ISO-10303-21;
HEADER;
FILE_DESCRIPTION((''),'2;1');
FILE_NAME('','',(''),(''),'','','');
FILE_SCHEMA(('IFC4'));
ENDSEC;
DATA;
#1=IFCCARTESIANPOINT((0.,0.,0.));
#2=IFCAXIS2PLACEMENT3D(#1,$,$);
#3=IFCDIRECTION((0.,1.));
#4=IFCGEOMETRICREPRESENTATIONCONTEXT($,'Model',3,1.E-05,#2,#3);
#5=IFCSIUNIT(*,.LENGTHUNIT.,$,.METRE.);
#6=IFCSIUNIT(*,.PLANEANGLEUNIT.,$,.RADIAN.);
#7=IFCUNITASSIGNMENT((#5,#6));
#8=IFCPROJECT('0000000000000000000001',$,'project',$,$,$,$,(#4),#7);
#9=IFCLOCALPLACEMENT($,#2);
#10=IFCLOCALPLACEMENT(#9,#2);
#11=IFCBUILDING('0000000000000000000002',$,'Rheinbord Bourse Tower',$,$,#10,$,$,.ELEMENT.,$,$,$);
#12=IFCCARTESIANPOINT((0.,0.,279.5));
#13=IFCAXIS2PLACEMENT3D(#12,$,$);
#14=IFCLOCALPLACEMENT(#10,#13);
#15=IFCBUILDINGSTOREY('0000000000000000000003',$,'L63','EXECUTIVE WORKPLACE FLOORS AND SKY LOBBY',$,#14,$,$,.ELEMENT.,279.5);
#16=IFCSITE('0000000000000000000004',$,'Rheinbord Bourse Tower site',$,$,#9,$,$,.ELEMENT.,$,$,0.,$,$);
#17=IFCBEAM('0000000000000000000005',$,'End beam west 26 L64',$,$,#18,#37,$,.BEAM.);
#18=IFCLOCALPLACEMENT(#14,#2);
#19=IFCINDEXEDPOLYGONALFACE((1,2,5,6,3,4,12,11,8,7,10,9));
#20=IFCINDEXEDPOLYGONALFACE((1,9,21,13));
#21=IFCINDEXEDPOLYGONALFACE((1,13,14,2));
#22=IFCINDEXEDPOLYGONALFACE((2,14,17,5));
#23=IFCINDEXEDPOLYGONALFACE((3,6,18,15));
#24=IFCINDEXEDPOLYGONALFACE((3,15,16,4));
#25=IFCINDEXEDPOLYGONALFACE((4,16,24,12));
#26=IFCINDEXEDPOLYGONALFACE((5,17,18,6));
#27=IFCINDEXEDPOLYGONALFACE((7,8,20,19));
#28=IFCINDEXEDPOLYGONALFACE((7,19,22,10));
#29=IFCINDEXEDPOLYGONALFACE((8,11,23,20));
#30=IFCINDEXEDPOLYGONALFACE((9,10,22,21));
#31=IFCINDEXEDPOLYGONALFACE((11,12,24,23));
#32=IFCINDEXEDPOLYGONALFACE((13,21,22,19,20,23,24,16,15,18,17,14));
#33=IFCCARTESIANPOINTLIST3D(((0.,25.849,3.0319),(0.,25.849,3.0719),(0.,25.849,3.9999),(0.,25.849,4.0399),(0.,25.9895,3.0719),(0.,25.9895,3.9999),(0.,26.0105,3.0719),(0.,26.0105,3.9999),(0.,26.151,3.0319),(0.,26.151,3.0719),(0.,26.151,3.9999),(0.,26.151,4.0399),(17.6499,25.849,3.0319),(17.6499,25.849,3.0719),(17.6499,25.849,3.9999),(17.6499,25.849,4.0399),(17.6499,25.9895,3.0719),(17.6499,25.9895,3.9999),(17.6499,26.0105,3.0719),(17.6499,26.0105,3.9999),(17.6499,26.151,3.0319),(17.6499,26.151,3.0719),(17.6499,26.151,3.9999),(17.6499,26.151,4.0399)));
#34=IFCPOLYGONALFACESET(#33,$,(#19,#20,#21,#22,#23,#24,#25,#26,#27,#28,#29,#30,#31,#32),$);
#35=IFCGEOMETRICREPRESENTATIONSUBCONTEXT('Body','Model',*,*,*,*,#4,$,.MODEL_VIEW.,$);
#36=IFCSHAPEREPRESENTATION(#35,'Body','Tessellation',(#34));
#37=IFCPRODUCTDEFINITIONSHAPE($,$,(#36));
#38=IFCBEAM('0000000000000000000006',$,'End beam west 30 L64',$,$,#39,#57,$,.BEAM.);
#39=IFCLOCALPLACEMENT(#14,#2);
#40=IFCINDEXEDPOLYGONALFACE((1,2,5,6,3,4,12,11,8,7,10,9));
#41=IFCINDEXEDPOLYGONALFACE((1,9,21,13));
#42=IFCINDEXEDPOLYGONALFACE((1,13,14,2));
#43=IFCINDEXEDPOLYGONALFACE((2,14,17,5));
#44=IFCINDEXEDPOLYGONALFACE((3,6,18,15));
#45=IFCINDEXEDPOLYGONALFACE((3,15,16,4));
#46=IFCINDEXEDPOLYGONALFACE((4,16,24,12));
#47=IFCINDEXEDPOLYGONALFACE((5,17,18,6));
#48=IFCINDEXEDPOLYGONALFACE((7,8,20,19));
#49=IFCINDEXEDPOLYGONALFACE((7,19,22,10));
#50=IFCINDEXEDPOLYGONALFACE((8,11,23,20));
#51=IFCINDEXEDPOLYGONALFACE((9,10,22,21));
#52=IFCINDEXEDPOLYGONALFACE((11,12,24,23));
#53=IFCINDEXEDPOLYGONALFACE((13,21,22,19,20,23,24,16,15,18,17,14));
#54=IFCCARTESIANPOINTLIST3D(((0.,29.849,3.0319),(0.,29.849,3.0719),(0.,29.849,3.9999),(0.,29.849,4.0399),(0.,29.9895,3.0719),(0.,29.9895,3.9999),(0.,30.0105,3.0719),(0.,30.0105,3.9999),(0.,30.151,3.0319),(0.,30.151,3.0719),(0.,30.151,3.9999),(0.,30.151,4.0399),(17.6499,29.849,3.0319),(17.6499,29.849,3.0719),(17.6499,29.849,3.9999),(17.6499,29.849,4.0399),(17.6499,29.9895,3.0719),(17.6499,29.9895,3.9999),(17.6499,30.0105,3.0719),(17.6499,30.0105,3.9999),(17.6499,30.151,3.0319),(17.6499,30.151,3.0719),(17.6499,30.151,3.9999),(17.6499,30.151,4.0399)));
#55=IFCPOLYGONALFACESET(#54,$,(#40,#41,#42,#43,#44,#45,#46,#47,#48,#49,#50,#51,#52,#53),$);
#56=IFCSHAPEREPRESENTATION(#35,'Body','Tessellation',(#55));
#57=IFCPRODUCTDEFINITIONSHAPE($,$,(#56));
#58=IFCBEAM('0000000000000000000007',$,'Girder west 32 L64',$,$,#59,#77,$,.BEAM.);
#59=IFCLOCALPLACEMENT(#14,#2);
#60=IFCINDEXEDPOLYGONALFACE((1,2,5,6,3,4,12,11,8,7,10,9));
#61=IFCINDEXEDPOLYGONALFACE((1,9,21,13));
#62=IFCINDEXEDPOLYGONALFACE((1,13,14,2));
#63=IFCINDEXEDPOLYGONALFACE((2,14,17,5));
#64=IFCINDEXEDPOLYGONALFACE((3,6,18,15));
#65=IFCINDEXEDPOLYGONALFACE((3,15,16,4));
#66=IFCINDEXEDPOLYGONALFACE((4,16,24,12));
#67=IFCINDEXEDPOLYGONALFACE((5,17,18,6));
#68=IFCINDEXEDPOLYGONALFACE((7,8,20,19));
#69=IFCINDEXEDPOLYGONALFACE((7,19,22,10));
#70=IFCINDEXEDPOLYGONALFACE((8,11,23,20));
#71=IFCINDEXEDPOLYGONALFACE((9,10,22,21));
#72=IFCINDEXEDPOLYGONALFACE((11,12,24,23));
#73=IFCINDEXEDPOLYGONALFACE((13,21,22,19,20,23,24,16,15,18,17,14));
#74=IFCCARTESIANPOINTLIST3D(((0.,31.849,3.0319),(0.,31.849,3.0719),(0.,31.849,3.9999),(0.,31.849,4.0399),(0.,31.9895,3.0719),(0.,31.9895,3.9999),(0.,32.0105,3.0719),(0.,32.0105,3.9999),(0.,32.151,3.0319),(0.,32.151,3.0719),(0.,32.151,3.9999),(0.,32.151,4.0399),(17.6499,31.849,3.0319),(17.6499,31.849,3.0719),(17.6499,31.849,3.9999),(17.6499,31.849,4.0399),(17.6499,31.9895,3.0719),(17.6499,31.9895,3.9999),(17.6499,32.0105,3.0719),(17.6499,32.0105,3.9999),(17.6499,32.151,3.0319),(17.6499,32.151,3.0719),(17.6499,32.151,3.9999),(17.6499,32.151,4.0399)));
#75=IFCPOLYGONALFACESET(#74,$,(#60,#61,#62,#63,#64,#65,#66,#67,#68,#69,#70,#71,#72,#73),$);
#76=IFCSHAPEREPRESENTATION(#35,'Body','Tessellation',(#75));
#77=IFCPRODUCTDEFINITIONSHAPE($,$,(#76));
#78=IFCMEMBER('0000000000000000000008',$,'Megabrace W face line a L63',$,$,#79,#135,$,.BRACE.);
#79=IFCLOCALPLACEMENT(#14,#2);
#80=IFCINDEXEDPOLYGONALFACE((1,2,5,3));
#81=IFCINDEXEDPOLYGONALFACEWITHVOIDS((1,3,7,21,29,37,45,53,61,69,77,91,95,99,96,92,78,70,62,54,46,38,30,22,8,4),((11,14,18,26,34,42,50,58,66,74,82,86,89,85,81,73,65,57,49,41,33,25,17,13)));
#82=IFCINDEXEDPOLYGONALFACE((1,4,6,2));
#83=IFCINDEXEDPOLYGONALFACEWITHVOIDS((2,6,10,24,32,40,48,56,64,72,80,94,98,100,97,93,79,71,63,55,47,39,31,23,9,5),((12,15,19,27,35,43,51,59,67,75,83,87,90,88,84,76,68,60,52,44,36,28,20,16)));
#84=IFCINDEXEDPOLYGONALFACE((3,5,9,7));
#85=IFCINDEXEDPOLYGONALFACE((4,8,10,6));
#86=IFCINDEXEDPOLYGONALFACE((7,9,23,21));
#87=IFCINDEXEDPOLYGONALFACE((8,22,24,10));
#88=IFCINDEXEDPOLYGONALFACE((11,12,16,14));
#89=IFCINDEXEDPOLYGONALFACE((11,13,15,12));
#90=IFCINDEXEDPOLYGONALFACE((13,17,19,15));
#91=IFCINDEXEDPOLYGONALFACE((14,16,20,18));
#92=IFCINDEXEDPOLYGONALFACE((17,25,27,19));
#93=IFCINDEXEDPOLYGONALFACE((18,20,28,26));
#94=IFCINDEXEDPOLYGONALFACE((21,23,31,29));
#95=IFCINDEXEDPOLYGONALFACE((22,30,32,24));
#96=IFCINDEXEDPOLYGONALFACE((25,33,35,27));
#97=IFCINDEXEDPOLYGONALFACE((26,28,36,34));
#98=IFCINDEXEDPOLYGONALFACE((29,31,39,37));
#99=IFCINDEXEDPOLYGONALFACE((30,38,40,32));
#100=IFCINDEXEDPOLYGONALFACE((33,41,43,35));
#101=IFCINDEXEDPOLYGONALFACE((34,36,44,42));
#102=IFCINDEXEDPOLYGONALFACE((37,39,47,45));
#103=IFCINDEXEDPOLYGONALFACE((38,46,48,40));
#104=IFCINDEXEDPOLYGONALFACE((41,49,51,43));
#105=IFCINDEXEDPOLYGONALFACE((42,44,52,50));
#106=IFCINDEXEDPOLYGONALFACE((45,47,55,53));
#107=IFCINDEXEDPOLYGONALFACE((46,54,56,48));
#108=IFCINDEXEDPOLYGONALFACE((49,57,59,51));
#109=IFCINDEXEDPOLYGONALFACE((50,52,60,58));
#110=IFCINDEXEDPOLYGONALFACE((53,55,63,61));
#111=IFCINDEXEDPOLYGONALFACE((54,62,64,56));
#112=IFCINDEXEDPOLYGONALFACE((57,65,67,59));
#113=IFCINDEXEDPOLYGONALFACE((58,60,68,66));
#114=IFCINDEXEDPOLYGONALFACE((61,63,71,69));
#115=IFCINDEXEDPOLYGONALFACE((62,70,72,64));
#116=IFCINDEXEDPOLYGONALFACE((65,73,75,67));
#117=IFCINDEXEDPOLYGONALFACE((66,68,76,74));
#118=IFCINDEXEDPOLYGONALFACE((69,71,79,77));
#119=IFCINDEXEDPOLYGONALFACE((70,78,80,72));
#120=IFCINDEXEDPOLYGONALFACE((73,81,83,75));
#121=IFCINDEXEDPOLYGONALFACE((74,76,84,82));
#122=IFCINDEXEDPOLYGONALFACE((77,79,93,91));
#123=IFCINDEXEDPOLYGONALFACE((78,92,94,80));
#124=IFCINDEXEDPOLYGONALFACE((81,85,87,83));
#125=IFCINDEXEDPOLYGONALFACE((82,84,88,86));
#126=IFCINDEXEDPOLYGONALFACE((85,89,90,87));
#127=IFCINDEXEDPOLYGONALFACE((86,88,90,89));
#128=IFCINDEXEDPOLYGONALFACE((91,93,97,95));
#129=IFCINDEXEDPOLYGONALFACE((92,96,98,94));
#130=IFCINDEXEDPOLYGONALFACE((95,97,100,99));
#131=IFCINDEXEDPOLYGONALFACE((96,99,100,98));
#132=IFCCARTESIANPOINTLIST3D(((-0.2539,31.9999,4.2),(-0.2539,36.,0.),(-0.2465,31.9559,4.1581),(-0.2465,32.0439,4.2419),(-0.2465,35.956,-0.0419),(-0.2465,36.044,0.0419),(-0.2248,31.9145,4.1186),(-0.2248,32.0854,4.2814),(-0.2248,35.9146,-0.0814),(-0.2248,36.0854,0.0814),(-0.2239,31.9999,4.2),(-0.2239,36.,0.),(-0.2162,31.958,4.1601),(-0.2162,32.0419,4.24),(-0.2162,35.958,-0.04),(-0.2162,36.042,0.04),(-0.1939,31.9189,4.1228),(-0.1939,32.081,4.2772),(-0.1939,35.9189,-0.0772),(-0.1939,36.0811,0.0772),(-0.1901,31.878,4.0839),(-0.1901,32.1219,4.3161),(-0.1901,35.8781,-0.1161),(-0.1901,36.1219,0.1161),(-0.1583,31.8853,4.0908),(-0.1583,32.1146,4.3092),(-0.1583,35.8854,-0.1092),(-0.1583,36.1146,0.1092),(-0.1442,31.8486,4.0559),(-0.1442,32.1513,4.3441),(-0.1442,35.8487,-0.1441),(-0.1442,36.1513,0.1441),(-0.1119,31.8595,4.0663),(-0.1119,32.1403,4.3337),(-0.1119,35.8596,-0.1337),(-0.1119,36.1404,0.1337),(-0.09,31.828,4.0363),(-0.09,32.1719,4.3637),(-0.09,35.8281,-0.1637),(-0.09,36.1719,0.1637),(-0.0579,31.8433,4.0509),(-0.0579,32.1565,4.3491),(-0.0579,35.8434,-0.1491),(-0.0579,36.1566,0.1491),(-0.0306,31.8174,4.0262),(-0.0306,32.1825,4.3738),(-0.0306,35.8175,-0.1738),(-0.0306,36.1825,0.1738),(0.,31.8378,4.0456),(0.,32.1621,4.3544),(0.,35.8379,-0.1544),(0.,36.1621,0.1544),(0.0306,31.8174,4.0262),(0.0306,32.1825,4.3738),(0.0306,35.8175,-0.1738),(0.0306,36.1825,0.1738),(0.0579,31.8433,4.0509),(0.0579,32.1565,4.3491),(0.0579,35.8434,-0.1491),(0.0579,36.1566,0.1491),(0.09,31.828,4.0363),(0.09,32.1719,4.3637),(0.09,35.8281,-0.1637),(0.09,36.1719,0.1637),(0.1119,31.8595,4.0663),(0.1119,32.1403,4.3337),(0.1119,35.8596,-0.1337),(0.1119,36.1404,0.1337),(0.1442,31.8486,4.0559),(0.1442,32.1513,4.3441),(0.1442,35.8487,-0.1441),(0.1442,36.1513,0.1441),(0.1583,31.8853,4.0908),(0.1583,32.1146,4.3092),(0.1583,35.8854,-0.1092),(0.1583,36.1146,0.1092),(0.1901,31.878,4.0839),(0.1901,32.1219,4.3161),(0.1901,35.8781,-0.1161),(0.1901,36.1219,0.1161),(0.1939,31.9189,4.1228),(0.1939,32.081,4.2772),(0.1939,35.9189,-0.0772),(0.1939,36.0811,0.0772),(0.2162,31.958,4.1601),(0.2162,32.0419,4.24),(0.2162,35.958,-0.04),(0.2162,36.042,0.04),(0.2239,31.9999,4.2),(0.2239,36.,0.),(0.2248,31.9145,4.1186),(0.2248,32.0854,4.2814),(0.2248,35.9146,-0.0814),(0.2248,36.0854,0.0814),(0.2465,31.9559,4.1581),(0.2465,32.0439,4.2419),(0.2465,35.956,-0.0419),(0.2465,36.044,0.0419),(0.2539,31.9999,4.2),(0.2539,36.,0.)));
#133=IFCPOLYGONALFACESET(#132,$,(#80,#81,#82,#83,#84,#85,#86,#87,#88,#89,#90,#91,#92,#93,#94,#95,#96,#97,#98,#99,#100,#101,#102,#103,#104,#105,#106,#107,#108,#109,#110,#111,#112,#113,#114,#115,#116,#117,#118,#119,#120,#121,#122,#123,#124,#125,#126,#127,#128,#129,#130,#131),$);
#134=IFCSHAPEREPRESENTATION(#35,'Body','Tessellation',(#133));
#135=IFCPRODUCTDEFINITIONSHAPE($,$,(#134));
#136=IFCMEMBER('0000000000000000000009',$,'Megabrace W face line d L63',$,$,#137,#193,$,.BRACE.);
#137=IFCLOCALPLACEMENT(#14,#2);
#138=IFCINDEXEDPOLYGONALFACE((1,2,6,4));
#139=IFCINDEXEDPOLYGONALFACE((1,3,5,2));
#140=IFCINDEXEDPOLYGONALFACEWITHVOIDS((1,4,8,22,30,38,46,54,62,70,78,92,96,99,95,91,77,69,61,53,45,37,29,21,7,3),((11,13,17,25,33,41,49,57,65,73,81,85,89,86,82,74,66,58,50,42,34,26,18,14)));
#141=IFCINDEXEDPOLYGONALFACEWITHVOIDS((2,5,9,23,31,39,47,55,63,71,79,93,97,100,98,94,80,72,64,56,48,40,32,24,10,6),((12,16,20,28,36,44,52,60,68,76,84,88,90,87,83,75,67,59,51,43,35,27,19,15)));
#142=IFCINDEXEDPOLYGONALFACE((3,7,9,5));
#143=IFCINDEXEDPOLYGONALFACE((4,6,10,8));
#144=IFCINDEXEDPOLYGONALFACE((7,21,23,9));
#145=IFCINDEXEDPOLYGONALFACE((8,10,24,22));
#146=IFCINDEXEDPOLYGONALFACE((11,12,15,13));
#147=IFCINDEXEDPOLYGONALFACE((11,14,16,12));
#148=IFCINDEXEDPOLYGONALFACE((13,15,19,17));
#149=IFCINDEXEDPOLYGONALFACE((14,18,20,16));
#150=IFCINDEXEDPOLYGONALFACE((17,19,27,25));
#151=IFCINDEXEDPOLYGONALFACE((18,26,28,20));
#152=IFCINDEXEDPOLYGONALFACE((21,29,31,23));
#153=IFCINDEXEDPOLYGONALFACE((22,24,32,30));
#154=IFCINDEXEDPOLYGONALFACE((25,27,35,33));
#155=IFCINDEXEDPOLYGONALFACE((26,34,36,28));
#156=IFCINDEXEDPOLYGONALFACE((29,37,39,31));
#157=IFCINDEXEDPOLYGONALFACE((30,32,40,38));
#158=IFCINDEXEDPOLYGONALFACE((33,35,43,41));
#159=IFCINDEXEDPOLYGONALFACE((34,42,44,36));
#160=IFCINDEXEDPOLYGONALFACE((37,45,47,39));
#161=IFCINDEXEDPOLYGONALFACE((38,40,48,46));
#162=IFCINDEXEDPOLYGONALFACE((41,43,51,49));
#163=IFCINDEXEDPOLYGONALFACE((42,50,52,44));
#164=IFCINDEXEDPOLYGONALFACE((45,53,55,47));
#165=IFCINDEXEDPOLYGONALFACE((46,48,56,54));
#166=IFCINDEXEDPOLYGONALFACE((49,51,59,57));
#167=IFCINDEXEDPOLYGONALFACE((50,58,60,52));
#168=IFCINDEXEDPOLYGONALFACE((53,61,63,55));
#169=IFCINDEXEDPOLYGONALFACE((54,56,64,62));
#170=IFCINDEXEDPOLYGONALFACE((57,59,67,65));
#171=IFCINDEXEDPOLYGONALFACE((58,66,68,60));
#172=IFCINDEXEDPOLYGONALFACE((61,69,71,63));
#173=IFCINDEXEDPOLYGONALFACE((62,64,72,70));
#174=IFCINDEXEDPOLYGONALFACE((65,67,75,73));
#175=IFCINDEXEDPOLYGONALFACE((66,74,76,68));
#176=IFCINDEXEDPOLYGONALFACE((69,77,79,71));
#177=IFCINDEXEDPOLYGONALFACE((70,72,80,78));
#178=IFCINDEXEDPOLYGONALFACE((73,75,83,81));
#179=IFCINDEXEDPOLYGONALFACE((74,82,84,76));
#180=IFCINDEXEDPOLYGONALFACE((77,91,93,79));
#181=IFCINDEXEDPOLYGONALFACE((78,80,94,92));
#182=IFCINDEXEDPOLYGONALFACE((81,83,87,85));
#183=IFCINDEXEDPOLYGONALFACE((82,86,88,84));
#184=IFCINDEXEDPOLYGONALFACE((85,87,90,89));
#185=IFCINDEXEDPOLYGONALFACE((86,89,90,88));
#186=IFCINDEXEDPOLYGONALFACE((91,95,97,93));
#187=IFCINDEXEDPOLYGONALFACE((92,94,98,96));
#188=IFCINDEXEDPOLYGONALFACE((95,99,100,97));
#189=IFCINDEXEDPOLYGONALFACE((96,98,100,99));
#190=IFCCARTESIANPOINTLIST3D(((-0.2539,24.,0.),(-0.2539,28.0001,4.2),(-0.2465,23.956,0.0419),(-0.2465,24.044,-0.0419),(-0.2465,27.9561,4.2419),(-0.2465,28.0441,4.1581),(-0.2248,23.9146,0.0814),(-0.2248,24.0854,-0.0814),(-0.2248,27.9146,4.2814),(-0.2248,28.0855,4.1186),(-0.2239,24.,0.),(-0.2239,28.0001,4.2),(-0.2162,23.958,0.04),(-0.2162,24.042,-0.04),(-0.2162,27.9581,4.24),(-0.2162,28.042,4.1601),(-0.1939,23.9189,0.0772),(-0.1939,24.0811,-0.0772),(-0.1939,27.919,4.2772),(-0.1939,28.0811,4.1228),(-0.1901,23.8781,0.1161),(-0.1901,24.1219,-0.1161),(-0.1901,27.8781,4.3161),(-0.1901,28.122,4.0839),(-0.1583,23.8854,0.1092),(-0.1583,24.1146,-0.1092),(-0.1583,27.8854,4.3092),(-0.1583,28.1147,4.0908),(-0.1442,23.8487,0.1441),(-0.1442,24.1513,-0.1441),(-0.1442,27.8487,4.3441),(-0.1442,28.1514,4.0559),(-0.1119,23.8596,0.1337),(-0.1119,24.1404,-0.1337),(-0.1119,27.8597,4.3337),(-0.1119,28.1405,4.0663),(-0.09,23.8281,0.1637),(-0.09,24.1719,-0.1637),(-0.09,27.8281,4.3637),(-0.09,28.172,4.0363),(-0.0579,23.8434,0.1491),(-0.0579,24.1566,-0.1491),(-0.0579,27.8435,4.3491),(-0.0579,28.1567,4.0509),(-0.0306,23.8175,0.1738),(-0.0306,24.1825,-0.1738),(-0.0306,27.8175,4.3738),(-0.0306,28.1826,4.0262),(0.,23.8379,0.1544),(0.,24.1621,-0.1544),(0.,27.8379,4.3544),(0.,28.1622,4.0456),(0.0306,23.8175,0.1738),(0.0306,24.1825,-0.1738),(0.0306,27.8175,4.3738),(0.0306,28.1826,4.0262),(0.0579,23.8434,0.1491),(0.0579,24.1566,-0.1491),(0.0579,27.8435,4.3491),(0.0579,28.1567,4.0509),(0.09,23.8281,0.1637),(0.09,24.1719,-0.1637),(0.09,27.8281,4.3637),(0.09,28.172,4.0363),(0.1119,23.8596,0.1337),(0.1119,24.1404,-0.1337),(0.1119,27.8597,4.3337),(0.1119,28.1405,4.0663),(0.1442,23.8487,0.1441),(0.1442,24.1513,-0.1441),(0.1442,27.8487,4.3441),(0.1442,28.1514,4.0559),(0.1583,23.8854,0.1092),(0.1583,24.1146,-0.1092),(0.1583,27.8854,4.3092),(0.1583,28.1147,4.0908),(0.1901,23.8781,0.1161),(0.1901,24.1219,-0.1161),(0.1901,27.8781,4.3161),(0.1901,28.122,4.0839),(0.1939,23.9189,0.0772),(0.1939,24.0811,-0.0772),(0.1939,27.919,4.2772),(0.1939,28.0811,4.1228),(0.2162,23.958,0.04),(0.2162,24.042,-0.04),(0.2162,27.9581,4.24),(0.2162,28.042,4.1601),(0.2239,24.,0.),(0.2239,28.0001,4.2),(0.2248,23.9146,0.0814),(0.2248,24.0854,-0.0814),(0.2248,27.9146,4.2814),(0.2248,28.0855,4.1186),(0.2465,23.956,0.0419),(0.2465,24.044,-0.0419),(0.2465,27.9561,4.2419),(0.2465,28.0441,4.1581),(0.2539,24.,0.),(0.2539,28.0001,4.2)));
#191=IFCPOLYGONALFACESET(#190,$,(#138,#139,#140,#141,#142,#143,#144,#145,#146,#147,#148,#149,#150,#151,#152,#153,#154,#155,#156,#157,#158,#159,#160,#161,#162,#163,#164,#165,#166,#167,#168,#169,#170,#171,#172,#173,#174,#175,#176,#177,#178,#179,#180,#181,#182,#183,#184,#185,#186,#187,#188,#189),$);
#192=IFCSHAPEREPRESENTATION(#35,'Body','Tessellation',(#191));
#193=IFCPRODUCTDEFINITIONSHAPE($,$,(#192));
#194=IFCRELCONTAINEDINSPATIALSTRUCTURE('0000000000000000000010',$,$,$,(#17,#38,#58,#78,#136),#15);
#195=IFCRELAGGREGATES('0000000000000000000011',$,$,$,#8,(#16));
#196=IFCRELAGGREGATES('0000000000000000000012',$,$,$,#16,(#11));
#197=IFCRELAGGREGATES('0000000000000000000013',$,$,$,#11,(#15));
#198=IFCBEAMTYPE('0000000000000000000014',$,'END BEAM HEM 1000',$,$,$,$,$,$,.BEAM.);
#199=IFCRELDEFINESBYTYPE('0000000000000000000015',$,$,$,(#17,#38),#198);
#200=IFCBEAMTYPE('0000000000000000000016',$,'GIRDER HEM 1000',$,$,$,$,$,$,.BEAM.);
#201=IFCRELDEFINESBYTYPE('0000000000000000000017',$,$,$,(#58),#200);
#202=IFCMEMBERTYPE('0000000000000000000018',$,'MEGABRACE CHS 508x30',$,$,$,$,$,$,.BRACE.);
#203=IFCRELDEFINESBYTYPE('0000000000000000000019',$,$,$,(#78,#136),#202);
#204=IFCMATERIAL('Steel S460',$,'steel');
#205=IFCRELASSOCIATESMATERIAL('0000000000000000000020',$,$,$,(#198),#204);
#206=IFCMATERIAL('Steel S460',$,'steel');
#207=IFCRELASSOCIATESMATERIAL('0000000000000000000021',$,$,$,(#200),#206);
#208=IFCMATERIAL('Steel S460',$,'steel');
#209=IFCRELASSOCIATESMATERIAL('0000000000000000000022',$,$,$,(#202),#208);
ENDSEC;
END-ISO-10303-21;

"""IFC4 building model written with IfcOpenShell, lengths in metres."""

from ifc_helpers import new_model, si_unit, direction, frame, origin, origin_2d, place, context, subcontext, project, spatial, hollow_circle, i_section, extrude, material, material_profile, profile_set, type_object, element, save


model = new_model("IFC4")

# Units and contexts
model_context = context("Model", 3, precision=1e-05, world=origin(), true_north=direction((0.0, 1.0)))
body_context = subcontext(model_context, "Body", "Model", "MODEL_VIEW")
ifc_project = project(units=[si_unit("LENGTHUNIT", "METRE"), si_unit("PLANEANGLEUNIT", "RADIAN")], contexts=[model_context])

# Site, building, storey
site_placement = place(None, origin())
site = spatial("IfcSite", under=ifc_project, at=site_placement, Name="Rheinbord Bourse Tower site", CompositionType="ELEMENT", RefElevation=0.0)
building_placement = place(site_placement, origin())
building = spatial("IfcBuilding", under=site, at=building_placement, Name="Rheinbord Bourse Tower", CompositionType="ELEMENT")
storey_placement = place(building_placement, frame((0.0, 0.0, 279.5)))
storey = spatial("IfcBuildingStorey", under=building, at=storey_placement, Name="L63", Description="EXECUTIVE WORKPLACE FLOORS AND SKY LOBBY", CompositionType="ELEMENT", Elevation=279.5)

# Beams
ifc_material_1 = material(Name="Steel S460", Category="steel")
ifc_material_profile_1 = material_profile(ifc_material_1, i_section(OverallWidth=0.302, OverallDepth=1.0081, WebThickness=0.021, FlangeThickness=0.04, at=origin_2d()), Name="HEM 1000")
ifc_profile_set_1 = profile_set([ifc_material_profile_1], Name="Steel S460")
beam_type_1 = type_object("IfcBeamType", Name="END BEAM HEM 1000", PredefinedType="BEAM", material=ifc_profile_set_1)
for number, where, z_axis, x_axis, name in (
    (1, (0.0, 26.0, 3.5359), (1.0, 0.0, 0.0), (0.0, 1.0, 0.0), "End beam west 26 L64"),
    (2, (0.0, 30.0, 3.5359), (1.0, 0.0, 0.0), (0.0, 1.0, 0.0), "End beam west 30 L64"),
):
    element("IfcBeam", number, at=place(storey_placement, frame(where, z_axis=z_axis, x_axis=x_axis)), inside=storey, type_object=beam_type_1, Name=name, PredefinedType="BEAM", context=body_context, shape_type="SweptSolid", body=[
        extrude(i_section(OverallWidth=0.302, OverallDepth=1.0081, WebThickness=0.021, FlangeThickness=0.04, at=origin_2d()), origin(), (0.0, 0.0, 1.0), 17.6499),
    ])
ifc_material_2 = material(Name="Steel S460", Category="steel")
ifc_material_profile_2 = material_profile(ifc_material_2, i_section(OverallWidth=0.302, OverallDepth=1.0081, WebThickness=0.021, FlangeThickness=0.04, at=origin_2d()), Name="HEM 1000")
ifc_profile_set_2 = profile_set([ifc_material_profile_2], Name="Steel S460")
beam_type_2 = type_object("IfcBeamType", Name="GIRDER HEM 1000", PredefinedType="BEAM", material=ifc_profile_set_2)
beam_placement = place(storey_placement, frame((0.0, 32.0, 3.5359), z_axis=(1.0, 0.0, 0.0), x_axis=(0.0, 1.0, 0.0)))
element("IfcBeam", 3, at=beam_placement, inside=storey, type_object=beam_type_2, Name="Girder west 32 L64", PredefinedType="BEAM", context=body_context, shape_type="SweptSolid", body=[
    extrude(i_section(OverallWidth=0.302, OverallDepth=1.0081, WebThickness=0.021, FlangeThickness=0.04, at=origin_2d()), origin(), (0.0, 0.0, 1.0), 17.6499),
])

# Members
ifc_material_3 = material(Name="Steel S460", Category="steel")
ifc_material_profile_3 = material_profile(ifc_material_3, hollow_circle(Radius=0.2539, WallThickness=0.03, at=origin_2d()), Name="CHS 508x30")
ifc_profile_set_3 = profile_set([ifc_material_profile_3], Name="Steel S460")
member_type_1 = type_object("IfcMemberType", Name="MEGABRACE CHS 508x30", PredefinedType="BRACE", material=ifc_profile_set_3)
for number, where, z_axis, x_axis, name in (
    (4, (0.0, 36.0, 0.0), (0.0, -0.689659, 0.724134), (1.0, 0.0, 0.0), "Megabrace W face line a L63"),
    (5, (0.0, 24.0, 0.0), (0.0, 0.689659, 0.724134), (-1.0, 0.0, 0.0), "Megabrace W face line d L63"),
):
    element("IfcMember", number, at=place(storey_placement, frame(where, z_axis=z_axis, x_axis=x_axis)), inside=storey, type_object=member_type_1, Name=name, PredefinedType="BRACE", context=body_context, shape_type="SweptSolid", body=[
        extrude(hollow_circle(Radius=0.2539, WallThickness=0.03, at=origin_2d()), origin(), (0.0, 0.0, 1.0), 5.8),
    ])

save(model, "model.ifc")
